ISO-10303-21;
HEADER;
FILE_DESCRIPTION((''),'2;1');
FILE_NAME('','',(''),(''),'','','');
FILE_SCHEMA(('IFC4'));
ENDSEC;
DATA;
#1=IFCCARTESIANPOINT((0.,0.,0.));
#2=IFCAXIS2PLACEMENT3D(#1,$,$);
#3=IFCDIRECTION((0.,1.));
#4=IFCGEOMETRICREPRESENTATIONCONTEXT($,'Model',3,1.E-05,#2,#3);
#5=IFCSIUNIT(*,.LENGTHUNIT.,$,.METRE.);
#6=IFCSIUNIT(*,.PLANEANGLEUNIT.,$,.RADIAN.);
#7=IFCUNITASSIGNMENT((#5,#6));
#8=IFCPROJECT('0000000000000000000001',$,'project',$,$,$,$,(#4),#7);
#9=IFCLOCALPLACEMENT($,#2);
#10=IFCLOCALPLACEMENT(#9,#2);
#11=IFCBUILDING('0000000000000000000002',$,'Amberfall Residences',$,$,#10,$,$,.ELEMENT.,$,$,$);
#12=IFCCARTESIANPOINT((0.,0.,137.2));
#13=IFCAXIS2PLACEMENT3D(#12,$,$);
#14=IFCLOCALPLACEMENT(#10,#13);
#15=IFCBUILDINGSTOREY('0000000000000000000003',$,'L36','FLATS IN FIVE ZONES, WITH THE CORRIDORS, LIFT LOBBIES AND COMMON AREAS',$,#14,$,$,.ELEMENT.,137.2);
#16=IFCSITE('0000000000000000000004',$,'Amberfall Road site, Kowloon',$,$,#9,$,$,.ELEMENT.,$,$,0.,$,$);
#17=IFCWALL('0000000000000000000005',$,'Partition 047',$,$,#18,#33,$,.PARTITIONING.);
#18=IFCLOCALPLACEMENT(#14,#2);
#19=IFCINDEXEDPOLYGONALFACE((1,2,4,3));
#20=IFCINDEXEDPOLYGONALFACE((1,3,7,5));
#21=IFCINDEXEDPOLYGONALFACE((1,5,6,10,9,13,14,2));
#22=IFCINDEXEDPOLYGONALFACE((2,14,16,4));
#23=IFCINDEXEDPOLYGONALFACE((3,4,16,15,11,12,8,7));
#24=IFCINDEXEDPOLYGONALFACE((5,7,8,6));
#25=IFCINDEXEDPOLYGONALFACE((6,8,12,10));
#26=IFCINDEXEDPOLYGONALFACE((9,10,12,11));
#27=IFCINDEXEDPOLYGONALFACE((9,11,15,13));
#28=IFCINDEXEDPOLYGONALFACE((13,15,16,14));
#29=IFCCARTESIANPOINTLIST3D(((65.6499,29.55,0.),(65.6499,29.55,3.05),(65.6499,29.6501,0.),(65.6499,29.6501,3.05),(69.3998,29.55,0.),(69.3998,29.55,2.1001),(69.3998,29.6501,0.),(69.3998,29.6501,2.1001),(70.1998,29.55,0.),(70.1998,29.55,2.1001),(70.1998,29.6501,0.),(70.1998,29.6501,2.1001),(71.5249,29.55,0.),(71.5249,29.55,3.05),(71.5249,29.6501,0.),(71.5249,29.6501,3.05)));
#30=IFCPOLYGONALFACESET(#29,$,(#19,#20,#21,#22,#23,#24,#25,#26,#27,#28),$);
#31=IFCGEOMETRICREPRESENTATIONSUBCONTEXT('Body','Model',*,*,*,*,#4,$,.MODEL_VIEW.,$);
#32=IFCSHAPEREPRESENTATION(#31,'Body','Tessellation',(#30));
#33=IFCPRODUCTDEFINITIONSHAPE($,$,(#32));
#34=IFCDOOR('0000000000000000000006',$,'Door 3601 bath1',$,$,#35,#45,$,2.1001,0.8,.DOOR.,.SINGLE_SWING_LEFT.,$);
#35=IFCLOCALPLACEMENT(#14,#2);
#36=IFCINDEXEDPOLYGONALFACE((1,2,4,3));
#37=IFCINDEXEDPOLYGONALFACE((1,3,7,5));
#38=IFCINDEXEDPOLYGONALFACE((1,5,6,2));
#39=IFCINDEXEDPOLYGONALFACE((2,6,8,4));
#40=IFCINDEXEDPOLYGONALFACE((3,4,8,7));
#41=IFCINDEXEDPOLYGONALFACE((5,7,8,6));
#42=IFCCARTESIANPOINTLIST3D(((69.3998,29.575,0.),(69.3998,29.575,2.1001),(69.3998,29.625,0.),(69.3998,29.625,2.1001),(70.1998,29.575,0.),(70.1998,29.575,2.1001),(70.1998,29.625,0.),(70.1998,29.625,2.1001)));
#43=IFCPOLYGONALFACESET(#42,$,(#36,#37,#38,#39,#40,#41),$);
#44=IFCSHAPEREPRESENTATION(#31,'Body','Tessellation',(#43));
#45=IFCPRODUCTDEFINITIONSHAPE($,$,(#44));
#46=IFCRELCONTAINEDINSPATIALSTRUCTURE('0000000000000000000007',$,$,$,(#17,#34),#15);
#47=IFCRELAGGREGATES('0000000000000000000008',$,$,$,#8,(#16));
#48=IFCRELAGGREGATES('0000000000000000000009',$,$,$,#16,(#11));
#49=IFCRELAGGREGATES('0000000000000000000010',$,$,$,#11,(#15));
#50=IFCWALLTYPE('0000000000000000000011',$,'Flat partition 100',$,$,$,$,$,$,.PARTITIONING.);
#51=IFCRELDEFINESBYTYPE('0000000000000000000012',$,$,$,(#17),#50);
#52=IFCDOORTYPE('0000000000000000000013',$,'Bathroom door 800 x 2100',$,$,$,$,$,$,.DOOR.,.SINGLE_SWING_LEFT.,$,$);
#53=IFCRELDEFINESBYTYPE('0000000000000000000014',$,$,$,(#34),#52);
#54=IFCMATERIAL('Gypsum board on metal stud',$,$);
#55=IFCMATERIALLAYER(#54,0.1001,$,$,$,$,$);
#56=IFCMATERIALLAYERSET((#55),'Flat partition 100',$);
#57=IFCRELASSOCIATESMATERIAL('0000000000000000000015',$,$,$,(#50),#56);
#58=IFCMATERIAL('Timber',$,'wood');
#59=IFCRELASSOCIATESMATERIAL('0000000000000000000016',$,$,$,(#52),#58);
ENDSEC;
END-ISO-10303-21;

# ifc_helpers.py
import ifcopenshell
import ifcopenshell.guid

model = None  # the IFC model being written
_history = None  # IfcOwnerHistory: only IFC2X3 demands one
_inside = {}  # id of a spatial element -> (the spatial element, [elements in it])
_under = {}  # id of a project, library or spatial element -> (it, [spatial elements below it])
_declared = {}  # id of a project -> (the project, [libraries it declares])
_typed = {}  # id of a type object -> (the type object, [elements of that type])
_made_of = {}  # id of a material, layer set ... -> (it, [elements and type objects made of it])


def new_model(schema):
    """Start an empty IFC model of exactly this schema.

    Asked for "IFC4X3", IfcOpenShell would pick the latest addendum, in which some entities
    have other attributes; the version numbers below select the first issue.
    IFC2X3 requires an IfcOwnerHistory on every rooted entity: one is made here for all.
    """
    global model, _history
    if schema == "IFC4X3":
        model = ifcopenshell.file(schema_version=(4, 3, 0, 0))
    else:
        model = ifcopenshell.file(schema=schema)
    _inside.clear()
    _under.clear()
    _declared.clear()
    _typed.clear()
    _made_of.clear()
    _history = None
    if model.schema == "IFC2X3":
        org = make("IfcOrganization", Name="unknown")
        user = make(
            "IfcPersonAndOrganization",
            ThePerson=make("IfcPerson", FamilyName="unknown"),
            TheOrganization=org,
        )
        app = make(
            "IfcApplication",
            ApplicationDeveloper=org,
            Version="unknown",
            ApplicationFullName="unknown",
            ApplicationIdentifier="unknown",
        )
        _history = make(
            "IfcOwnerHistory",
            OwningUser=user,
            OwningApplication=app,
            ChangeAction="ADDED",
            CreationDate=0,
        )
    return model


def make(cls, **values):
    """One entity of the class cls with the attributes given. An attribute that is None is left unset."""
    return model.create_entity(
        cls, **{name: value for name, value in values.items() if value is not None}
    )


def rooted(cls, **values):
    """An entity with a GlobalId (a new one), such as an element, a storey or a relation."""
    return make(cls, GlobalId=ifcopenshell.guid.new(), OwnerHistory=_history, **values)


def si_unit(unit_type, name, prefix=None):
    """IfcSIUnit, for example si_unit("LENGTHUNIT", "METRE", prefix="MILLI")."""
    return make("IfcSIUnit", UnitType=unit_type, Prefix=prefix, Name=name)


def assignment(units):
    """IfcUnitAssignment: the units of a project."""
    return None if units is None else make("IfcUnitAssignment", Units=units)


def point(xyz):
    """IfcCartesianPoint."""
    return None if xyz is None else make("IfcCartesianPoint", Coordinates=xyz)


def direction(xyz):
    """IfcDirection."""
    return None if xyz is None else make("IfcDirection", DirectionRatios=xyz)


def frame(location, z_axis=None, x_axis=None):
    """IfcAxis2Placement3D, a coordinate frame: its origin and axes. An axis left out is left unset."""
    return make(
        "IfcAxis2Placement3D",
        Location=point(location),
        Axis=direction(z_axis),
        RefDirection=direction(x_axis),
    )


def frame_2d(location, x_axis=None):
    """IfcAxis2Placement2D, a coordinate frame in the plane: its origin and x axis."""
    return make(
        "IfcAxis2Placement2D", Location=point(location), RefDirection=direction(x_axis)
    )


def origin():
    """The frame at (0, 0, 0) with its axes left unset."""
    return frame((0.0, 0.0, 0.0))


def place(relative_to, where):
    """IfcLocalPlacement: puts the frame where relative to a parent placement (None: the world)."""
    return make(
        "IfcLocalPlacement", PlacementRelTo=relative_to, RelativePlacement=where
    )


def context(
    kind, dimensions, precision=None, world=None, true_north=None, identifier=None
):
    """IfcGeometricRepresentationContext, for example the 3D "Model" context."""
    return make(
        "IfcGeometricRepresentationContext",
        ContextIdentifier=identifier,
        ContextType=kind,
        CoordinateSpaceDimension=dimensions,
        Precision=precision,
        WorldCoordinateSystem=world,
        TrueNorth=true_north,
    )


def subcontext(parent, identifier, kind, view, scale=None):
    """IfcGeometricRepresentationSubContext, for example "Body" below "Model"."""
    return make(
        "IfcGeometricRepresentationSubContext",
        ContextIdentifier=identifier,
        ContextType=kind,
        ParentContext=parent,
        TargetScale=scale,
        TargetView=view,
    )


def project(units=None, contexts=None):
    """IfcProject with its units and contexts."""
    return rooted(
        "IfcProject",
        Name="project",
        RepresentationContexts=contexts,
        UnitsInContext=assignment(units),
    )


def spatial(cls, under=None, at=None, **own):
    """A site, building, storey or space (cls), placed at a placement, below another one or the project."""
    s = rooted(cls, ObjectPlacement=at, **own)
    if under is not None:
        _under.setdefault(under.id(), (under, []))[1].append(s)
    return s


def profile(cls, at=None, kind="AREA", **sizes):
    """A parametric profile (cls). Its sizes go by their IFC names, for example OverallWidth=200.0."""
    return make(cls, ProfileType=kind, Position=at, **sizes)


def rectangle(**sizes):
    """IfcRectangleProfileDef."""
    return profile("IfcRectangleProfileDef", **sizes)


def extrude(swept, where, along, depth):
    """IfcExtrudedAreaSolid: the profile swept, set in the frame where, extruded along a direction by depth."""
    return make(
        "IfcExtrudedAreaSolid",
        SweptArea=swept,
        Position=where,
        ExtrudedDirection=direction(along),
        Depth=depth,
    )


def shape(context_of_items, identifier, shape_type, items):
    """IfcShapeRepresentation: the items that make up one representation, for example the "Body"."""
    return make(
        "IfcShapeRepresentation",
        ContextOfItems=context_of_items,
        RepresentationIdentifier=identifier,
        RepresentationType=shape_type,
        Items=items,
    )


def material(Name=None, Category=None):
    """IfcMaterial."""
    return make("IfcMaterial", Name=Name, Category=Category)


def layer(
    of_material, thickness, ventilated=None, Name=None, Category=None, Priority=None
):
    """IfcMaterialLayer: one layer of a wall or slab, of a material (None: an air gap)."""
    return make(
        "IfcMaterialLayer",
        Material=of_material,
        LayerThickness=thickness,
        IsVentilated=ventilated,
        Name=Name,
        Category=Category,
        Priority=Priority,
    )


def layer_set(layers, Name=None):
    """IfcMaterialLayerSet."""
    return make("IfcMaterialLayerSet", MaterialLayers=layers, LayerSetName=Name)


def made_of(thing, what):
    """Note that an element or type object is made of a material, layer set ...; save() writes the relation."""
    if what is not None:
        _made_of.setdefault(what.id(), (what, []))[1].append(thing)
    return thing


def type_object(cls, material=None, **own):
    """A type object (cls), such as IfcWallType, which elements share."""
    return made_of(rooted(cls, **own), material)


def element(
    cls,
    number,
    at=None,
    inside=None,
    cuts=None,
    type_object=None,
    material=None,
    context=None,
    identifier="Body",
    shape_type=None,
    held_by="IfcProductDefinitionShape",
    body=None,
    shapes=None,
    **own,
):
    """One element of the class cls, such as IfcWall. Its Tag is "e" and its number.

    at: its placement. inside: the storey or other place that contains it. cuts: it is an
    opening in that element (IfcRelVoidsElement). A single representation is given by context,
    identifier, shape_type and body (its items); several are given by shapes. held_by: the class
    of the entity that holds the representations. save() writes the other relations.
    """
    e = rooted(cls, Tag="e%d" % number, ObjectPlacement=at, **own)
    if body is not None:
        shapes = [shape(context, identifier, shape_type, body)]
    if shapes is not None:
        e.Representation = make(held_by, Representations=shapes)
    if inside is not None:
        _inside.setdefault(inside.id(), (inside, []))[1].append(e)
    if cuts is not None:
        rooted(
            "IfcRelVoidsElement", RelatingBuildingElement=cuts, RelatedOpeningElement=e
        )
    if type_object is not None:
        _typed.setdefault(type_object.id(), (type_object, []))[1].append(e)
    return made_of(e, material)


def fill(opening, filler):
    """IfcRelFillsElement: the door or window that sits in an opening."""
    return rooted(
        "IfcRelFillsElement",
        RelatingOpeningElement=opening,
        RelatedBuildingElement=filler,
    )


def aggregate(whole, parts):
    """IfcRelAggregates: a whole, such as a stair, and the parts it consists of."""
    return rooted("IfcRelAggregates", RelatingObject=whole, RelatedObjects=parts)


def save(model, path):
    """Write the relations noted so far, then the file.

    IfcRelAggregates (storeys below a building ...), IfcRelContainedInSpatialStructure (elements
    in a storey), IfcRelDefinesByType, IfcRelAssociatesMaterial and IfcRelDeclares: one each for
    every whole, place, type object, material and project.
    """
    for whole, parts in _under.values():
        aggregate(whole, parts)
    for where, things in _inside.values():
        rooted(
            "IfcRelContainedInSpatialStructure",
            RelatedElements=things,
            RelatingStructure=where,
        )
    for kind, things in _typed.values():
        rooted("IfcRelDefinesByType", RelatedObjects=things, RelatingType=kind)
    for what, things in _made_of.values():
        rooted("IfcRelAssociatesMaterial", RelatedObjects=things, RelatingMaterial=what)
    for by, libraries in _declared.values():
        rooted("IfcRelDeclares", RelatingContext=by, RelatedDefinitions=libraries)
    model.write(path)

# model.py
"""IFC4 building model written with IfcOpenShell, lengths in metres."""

from ifc_helpers import new_model, si_unit, direction, frame, frame_2d, origin, place, context, subcontext, project, spatial, rectangle, extrude, material, layer, layer_set, type_object, element, fill, save


model = new_model("IFC4")

# Units and contexts
model_context = context("Model", 3, precision=1e-05, world=origin(), true_north=direction((0.0, 1.0)))
body_context = subcontext(model_context, "Body", "Model", "MODEL_VIEW")
ifc_project = project(units=[si_unit("LENGTHUNIT", "METRE"), si_unit("PLANEANGLEUNIT", "RADIAN")], contexts=[model_context])

# Site, building, storey
site_placement = place(None, origin())
site = spatial("IfcSite", under=ifc_project, at=site_placement, Name="Amberfall Road site, Kowloon", CompositionType="ELEMENT", RefElevation=0.0)
building_placement = place(site_placement, origin())
building = spatial("IfcBuilding", under=site, at=building_placement, Name="Amberfall Residences", CompositionType="ELEMENT")
storey_placement = place(building_placement, frame((0.0, 0.0, 137.2)))
storey = spatial("IfcBuildingStorey", under=building, at=storey_placement, Name="L36", Description="FLATS IN FIVE ZONES, WITH THE CORRIDORS, LIFT LOBBIES AND COMMON AREAS", CompositionType="ELEMENT", Elevation=137.2)

# Shared definitions
ifc_material_1 = material(Name="Gypsum board on metal stud")
ifc_layer_1 = layer(ifc_material_1, 0.1001)
ifc_layer_set_1 = layer_set([ifc_layer_1], Name="Flat partition 100")
wall_type_1 = type_object("IfcWallType", Name="Flat partition 100", PredefinedType="PARTITIONING", material=ifc_layer_set_1)

# Wall, opening, door
wall_1_placement = place(storey_placement, frame((65.6499, 29.6001, 0.0), z_axis=(0.0, 0.0, 1.0), x_axis=(1.0, 0.0, 0.0)))
wall_1 = element("IfcWall", 1, at=wall_1_placement, inside=storey, type_object=wall_type_1, Name="Partition 047", PredefinedType="PARTITIONING", context=body_context, shape_type="SweptSolid", body=[
    extrude(rectangle(XDim=5.875, YDim=0.1001, at=frame_2d((2.9375, 0.0))), origin(), (0.0, 0.0, 1.0), 3.05),
])
opening_1_placement = place(wall_1_placement, frame((3.75, 0.0, 0.0)))
opening_1 = element("IfcOpeningElement", 2, at=opening_1_placement, cuts=wall_1, PredefinedType="OPENING", context=body_context, shape_type="SweptSolid", body=[
    extrude(rectangle(XDim=0.8, YDim=2.1001, at=frame_2d((0.3999, 1.05))), frame((0.0, 0.0601, 0.0), z_axis=(0.0, -1.0, 0.0), x_axis=(1.0, 0.0, 0.0)), (0.0, 0.0, 1.0), 0.1201),
])
ifc_material_2 = material(Name="Timber", Category="wood")
door_type = type_object("IfcDoorType", Name="Bathroom door 800 x 2100", OperationType="SINGLE_SWING_LEFT", PredefinedType="DOOR", material=ifc_material_2)
door_placement = place(opening_1_placement, origin())
door = element("IfcDoor", 3, at=door_placement, inside=storey, type_object=door_type, Name="Door 3601 bath1", OperationType="SINGLE_SWING_LEFT", OverallHeight=2.1001, OverallWidth=0.8, PredefinedType="DOOR", context=body_context, shape_type="SweptSolid", body=[
    extrude(rectangle(XDim=0.8, YDim=2.1001, at=frame_2d((0.3999, 1.05))), frame((0.0, 0.0249, 0.0), z_axis=(0.0, -1.0, 0.0), x_axis=(1.0, 0.0, 0.0)), (0.0, 0.0, 1.0), 0.05),
])
fill(opening_1, door)

save(model, "model.ifc")
